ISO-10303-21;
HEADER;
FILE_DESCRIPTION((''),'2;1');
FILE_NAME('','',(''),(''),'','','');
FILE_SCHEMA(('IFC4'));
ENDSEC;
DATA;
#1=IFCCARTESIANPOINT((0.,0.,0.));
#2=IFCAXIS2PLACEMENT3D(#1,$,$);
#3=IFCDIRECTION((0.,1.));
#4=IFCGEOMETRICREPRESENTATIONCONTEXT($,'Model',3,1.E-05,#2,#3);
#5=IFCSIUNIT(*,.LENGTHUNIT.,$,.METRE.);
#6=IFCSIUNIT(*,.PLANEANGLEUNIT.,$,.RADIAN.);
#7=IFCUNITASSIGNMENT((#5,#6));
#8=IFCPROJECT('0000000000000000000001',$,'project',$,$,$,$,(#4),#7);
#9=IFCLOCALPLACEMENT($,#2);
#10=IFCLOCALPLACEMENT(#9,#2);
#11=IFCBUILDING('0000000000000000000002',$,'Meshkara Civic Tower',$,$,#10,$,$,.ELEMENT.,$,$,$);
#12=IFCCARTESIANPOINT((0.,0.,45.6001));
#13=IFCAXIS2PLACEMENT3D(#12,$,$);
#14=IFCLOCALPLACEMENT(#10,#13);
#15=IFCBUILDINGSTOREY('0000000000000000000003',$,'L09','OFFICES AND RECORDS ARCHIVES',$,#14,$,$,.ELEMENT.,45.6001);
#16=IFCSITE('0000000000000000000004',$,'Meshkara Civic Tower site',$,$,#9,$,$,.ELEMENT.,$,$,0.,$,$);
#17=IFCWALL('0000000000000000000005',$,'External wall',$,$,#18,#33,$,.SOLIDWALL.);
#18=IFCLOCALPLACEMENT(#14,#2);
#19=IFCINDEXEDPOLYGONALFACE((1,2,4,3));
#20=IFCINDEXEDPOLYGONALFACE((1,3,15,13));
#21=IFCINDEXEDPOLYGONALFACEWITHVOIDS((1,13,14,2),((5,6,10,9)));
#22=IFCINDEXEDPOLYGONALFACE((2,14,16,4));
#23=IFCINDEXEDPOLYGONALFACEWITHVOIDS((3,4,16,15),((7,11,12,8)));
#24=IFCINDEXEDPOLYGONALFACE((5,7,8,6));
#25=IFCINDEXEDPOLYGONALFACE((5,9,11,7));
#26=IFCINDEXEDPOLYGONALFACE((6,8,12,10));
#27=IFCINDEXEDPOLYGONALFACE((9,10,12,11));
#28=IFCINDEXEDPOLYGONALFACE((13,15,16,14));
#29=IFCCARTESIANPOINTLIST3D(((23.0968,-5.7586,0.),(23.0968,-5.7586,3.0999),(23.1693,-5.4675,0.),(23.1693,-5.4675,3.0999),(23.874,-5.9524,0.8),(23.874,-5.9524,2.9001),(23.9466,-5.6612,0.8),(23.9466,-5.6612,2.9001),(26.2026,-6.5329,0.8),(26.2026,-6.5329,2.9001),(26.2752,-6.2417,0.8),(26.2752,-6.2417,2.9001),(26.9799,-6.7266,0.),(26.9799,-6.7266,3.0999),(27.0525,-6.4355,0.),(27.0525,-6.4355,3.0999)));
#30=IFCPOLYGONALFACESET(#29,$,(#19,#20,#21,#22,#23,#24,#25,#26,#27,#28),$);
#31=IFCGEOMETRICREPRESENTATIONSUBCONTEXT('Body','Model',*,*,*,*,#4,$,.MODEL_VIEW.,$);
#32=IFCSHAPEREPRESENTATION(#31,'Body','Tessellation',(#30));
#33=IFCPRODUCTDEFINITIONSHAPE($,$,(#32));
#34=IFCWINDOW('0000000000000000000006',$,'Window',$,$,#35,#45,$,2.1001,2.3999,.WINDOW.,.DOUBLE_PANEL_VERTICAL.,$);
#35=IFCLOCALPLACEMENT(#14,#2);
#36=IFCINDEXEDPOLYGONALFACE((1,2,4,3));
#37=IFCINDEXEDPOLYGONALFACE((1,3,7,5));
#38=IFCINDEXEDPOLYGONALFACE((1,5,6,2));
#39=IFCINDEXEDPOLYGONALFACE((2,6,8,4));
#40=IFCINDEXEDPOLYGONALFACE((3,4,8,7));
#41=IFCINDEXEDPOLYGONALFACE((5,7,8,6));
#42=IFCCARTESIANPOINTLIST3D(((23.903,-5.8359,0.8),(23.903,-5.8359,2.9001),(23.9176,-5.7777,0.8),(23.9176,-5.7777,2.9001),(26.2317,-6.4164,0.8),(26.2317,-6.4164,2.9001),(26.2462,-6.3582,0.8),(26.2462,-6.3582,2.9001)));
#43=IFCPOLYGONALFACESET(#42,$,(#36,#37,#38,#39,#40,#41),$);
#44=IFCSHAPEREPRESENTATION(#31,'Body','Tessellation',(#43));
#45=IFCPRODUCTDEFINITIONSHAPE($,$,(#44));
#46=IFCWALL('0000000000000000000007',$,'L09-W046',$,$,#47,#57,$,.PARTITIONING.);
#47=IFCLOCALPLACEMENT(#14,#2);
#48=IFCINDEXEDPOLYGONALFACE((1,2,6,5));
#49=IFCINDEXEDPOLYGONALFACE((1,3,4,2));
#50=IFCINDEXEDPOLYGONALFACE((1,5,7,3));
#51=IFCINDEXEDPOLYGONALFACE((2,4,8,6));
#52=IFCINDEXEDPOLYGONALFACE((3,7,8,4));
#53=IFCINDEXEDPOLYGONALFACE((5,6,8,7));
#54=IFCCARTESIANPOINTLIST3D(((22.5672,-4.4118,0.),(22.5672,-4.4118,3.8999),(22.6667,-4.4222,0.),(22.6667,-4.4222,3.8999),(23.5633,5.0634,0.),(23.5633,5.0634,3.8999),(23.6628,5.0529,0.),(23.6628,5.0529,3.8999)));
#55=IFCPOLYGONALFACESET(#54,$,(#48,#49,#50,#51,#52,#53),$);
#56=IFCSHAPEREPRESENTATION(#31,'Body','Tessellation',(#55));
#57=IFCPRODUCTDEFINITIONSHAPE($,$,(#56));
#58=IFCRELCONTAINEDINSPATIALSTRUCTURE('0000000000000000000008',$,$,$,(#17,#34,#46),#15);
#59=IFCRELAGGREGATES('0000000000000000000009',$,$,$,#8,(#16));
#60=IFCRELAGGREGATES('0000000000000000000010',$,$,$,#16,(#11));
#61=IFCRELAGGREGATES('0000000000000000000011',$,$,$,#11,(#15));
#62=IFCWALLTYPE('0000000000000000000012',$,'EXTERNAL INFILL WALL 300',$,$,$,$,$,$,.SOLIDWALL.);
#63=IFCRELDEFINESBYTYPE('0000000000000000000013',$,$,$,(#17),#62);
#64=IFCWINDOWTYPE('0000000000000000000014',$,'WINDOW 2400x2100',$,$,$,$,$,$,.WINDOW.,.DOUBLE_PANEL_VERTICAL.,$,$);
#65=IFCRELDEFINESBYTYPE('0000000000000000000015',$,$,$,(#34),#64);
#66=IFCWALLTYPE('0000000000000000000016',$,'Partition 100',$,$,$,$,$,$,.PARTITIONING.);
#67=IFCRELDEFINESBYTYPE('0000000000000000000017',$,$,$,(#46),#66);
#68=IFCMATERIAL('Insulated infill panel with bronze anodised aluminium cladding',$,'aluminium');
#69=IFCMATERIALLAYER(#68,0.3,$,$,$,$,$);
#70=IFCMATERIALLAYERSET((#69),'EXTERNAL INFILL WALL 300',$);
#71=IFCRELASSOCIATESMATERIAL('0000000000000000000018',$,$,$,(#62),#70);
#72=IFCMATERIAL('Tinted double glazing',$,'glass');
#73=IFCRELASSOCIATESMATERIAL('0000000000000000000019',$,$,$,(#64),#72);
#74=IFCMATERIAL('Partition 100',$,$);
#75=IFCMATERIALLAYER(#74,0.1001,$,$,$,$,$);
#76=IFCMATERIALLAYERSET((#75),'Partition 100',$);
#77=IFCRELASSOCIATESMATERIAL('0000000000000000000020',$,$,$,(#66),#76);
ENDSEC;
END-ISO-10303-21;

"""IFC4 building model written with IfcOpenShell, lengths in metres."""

from ifc_helpers import new_model, si_unit, direction, frame, frame_2d, origin, place, context, subcontext, project, spatial, rectangle, extrude, material, layer, layer_set, type_object, element, fill, save


model = new_model("IFC4")

# Units and contexts
model_context = context("Model", 3, precision=1e-05, world=origin(), true_north=direction((0.0, 1.0)))
body_context = subcontext(model_context, "Body", "Model", "MODEL_VIEW")
ifc_project = project(units=[si_unit("LENGTHUNIT", "METRE"), si_unit("PLANEANGLEUNIT", "RADIAN")], contexts=[model_context])

# Site, building, storey
site_placement = place(None, origin())
site = spatial("IfcSite", under=ifc_project, at=site_placement, Name="Meshkara Civic Tower site", CompositionType="ELEMENT", RefElevation=0.0)
building_placement = place(site_placement, origin())
building = spatial("IfcBuilding", under=site, at=building_placement, Name="Meshkara Civic Tower", CompositionType="ELEMENT")
storey_placement = place(building_placement, frame((0.0, 0.0, 45.6001)))
storey = spatial("IfcBuildingStorey", under=building, at=storey_placement, Name="L09", Description="OFFICES AND RECORDS ARCHIVES", CompositionType="ELEMENT", Elevation=45.6001)

# Wall, opening, window
ifc_material_1 = material(Name="Insulated infill panel with bronze anodised aluminium cladding", Category="aluminium")
ifc_layer_1 = layer(ifc_material_1, 0.3)
ifc_layer_set_1 = layer_set([ifc_layer_1], Name="EXTERNAL INFILL WALL 300")
wall_type_1 = type_object("IfcWallType", Name="EXTERNAL INFILL WALL 300", PredefinedType="SOLIDWALL", material=ifc_layer_set_1)
ifc_material_2 = material(Name="Tinted double glazing", Category="glass")
window_type = type_object("IfcWindowType", Name="WINDOW 2400x2100", PartitioningType="DOUBLE_PANEL_VERTICAL", PredefinedType="WINDOW", material=ifc_material_2)
wall_1_placement = place(storey_placement, frame((23.1331, -5.613, 0.0), z_axis=(0.0, 0.0, 1.0), x_axis=(0.970304, -0.24189, 0.0)))
wall_1 = element("IfcWall", 1, at=wall_1_placement, inside=storey, type_object=wall_type_1, Name="External wall", PredefinedType="SOLIDWALL", context=body_context, shape_type="SweptSolid", body=[
    extrude(rectangle(XDim=4.002, YDim=0.3, at=frame_2d((2.001, 0.0))), origin(), (0.0, 0.0, 1.0), 3.0999),
])
opening_1_placement = place(wall_1_placement, frame((0.801, 0.0, 0.8)))
opening_1 = element("IfcOpeningElement", 2, at=opening_1_placement, cuts=wall_1, PredefinedType="OPENING", context=body_context, shape_type="SweptSolid", body=[
    extrude(rectangle(XDim=2.3999, YDim=2.1001, at=frame_2d((1.2, 1.05))), frame((0.0, 0.1599, 0.0), z_axis=(0.0, -1.0, 0.0), x_axis=(1.0, 0.0, 0.0)), (0.0, 0.0, 1.0), 0.3201),
])
window_1_placement = place(opening_1_placement, origin())
window_1 = element("IfcWindow", 3, at=window_1_placement, inside=storey, type_object=window_type, Name="Window", OverallHeight=2.1001, OverallWidth=2.3999, PartitioningType="DOUBLE_PANEL_VERTICAL", PredefinedType="WINDOW", context=body_context, shape_type="SweptSolid", body=[
    extrude(rectangle(XDim=2.3999, YDim=2.1001, at=frame_2d((1.2, 1.05))), frame((0.0, 0.03, 0.0), z_axis=(0.0, -1.0, 0.0), x_axis=(1.0, 0.0, 0.0)), (0.0, 0.0, 1.0), 0.0601),
])
fill(opening_1, window_1)

# Wall
ifc_material_3 = material(Name="Partition 100")
ifc_layer_2 = layer(ifc_material_3, 0.1001)
ifc_layer_set_2 = layer_set([ifc_layer_2], Name="Partition 100")
wall_type_2 = type_object("IfcWallType", Name="Partition 100", PredefinedType="PARTITIONING", material=ifc_layer_set_2)
wall_2_placement = place(storey_placement, frame((22.6169, -4.417, 0.0), z_axis=(0.0, 0.0, 1.0), x_axis=(0.104551, 0.994519, 0.0)))
element("IfcWall", 4, at=wall_2_placement, inside=storey, type_object=wall_type_2, Name="L09-W046", PredefinedType="PARTITIONING", context=body_context, shape_type="SweptSolid", body=[
    extrude(rectangle(XDim=9.5273, YDim=0.1001, at=frame_2d((4.7637, 0.0))), origin(), (0.0, 0.0, 1.0), 3.8999),
])

save(model, "model.ifc")
